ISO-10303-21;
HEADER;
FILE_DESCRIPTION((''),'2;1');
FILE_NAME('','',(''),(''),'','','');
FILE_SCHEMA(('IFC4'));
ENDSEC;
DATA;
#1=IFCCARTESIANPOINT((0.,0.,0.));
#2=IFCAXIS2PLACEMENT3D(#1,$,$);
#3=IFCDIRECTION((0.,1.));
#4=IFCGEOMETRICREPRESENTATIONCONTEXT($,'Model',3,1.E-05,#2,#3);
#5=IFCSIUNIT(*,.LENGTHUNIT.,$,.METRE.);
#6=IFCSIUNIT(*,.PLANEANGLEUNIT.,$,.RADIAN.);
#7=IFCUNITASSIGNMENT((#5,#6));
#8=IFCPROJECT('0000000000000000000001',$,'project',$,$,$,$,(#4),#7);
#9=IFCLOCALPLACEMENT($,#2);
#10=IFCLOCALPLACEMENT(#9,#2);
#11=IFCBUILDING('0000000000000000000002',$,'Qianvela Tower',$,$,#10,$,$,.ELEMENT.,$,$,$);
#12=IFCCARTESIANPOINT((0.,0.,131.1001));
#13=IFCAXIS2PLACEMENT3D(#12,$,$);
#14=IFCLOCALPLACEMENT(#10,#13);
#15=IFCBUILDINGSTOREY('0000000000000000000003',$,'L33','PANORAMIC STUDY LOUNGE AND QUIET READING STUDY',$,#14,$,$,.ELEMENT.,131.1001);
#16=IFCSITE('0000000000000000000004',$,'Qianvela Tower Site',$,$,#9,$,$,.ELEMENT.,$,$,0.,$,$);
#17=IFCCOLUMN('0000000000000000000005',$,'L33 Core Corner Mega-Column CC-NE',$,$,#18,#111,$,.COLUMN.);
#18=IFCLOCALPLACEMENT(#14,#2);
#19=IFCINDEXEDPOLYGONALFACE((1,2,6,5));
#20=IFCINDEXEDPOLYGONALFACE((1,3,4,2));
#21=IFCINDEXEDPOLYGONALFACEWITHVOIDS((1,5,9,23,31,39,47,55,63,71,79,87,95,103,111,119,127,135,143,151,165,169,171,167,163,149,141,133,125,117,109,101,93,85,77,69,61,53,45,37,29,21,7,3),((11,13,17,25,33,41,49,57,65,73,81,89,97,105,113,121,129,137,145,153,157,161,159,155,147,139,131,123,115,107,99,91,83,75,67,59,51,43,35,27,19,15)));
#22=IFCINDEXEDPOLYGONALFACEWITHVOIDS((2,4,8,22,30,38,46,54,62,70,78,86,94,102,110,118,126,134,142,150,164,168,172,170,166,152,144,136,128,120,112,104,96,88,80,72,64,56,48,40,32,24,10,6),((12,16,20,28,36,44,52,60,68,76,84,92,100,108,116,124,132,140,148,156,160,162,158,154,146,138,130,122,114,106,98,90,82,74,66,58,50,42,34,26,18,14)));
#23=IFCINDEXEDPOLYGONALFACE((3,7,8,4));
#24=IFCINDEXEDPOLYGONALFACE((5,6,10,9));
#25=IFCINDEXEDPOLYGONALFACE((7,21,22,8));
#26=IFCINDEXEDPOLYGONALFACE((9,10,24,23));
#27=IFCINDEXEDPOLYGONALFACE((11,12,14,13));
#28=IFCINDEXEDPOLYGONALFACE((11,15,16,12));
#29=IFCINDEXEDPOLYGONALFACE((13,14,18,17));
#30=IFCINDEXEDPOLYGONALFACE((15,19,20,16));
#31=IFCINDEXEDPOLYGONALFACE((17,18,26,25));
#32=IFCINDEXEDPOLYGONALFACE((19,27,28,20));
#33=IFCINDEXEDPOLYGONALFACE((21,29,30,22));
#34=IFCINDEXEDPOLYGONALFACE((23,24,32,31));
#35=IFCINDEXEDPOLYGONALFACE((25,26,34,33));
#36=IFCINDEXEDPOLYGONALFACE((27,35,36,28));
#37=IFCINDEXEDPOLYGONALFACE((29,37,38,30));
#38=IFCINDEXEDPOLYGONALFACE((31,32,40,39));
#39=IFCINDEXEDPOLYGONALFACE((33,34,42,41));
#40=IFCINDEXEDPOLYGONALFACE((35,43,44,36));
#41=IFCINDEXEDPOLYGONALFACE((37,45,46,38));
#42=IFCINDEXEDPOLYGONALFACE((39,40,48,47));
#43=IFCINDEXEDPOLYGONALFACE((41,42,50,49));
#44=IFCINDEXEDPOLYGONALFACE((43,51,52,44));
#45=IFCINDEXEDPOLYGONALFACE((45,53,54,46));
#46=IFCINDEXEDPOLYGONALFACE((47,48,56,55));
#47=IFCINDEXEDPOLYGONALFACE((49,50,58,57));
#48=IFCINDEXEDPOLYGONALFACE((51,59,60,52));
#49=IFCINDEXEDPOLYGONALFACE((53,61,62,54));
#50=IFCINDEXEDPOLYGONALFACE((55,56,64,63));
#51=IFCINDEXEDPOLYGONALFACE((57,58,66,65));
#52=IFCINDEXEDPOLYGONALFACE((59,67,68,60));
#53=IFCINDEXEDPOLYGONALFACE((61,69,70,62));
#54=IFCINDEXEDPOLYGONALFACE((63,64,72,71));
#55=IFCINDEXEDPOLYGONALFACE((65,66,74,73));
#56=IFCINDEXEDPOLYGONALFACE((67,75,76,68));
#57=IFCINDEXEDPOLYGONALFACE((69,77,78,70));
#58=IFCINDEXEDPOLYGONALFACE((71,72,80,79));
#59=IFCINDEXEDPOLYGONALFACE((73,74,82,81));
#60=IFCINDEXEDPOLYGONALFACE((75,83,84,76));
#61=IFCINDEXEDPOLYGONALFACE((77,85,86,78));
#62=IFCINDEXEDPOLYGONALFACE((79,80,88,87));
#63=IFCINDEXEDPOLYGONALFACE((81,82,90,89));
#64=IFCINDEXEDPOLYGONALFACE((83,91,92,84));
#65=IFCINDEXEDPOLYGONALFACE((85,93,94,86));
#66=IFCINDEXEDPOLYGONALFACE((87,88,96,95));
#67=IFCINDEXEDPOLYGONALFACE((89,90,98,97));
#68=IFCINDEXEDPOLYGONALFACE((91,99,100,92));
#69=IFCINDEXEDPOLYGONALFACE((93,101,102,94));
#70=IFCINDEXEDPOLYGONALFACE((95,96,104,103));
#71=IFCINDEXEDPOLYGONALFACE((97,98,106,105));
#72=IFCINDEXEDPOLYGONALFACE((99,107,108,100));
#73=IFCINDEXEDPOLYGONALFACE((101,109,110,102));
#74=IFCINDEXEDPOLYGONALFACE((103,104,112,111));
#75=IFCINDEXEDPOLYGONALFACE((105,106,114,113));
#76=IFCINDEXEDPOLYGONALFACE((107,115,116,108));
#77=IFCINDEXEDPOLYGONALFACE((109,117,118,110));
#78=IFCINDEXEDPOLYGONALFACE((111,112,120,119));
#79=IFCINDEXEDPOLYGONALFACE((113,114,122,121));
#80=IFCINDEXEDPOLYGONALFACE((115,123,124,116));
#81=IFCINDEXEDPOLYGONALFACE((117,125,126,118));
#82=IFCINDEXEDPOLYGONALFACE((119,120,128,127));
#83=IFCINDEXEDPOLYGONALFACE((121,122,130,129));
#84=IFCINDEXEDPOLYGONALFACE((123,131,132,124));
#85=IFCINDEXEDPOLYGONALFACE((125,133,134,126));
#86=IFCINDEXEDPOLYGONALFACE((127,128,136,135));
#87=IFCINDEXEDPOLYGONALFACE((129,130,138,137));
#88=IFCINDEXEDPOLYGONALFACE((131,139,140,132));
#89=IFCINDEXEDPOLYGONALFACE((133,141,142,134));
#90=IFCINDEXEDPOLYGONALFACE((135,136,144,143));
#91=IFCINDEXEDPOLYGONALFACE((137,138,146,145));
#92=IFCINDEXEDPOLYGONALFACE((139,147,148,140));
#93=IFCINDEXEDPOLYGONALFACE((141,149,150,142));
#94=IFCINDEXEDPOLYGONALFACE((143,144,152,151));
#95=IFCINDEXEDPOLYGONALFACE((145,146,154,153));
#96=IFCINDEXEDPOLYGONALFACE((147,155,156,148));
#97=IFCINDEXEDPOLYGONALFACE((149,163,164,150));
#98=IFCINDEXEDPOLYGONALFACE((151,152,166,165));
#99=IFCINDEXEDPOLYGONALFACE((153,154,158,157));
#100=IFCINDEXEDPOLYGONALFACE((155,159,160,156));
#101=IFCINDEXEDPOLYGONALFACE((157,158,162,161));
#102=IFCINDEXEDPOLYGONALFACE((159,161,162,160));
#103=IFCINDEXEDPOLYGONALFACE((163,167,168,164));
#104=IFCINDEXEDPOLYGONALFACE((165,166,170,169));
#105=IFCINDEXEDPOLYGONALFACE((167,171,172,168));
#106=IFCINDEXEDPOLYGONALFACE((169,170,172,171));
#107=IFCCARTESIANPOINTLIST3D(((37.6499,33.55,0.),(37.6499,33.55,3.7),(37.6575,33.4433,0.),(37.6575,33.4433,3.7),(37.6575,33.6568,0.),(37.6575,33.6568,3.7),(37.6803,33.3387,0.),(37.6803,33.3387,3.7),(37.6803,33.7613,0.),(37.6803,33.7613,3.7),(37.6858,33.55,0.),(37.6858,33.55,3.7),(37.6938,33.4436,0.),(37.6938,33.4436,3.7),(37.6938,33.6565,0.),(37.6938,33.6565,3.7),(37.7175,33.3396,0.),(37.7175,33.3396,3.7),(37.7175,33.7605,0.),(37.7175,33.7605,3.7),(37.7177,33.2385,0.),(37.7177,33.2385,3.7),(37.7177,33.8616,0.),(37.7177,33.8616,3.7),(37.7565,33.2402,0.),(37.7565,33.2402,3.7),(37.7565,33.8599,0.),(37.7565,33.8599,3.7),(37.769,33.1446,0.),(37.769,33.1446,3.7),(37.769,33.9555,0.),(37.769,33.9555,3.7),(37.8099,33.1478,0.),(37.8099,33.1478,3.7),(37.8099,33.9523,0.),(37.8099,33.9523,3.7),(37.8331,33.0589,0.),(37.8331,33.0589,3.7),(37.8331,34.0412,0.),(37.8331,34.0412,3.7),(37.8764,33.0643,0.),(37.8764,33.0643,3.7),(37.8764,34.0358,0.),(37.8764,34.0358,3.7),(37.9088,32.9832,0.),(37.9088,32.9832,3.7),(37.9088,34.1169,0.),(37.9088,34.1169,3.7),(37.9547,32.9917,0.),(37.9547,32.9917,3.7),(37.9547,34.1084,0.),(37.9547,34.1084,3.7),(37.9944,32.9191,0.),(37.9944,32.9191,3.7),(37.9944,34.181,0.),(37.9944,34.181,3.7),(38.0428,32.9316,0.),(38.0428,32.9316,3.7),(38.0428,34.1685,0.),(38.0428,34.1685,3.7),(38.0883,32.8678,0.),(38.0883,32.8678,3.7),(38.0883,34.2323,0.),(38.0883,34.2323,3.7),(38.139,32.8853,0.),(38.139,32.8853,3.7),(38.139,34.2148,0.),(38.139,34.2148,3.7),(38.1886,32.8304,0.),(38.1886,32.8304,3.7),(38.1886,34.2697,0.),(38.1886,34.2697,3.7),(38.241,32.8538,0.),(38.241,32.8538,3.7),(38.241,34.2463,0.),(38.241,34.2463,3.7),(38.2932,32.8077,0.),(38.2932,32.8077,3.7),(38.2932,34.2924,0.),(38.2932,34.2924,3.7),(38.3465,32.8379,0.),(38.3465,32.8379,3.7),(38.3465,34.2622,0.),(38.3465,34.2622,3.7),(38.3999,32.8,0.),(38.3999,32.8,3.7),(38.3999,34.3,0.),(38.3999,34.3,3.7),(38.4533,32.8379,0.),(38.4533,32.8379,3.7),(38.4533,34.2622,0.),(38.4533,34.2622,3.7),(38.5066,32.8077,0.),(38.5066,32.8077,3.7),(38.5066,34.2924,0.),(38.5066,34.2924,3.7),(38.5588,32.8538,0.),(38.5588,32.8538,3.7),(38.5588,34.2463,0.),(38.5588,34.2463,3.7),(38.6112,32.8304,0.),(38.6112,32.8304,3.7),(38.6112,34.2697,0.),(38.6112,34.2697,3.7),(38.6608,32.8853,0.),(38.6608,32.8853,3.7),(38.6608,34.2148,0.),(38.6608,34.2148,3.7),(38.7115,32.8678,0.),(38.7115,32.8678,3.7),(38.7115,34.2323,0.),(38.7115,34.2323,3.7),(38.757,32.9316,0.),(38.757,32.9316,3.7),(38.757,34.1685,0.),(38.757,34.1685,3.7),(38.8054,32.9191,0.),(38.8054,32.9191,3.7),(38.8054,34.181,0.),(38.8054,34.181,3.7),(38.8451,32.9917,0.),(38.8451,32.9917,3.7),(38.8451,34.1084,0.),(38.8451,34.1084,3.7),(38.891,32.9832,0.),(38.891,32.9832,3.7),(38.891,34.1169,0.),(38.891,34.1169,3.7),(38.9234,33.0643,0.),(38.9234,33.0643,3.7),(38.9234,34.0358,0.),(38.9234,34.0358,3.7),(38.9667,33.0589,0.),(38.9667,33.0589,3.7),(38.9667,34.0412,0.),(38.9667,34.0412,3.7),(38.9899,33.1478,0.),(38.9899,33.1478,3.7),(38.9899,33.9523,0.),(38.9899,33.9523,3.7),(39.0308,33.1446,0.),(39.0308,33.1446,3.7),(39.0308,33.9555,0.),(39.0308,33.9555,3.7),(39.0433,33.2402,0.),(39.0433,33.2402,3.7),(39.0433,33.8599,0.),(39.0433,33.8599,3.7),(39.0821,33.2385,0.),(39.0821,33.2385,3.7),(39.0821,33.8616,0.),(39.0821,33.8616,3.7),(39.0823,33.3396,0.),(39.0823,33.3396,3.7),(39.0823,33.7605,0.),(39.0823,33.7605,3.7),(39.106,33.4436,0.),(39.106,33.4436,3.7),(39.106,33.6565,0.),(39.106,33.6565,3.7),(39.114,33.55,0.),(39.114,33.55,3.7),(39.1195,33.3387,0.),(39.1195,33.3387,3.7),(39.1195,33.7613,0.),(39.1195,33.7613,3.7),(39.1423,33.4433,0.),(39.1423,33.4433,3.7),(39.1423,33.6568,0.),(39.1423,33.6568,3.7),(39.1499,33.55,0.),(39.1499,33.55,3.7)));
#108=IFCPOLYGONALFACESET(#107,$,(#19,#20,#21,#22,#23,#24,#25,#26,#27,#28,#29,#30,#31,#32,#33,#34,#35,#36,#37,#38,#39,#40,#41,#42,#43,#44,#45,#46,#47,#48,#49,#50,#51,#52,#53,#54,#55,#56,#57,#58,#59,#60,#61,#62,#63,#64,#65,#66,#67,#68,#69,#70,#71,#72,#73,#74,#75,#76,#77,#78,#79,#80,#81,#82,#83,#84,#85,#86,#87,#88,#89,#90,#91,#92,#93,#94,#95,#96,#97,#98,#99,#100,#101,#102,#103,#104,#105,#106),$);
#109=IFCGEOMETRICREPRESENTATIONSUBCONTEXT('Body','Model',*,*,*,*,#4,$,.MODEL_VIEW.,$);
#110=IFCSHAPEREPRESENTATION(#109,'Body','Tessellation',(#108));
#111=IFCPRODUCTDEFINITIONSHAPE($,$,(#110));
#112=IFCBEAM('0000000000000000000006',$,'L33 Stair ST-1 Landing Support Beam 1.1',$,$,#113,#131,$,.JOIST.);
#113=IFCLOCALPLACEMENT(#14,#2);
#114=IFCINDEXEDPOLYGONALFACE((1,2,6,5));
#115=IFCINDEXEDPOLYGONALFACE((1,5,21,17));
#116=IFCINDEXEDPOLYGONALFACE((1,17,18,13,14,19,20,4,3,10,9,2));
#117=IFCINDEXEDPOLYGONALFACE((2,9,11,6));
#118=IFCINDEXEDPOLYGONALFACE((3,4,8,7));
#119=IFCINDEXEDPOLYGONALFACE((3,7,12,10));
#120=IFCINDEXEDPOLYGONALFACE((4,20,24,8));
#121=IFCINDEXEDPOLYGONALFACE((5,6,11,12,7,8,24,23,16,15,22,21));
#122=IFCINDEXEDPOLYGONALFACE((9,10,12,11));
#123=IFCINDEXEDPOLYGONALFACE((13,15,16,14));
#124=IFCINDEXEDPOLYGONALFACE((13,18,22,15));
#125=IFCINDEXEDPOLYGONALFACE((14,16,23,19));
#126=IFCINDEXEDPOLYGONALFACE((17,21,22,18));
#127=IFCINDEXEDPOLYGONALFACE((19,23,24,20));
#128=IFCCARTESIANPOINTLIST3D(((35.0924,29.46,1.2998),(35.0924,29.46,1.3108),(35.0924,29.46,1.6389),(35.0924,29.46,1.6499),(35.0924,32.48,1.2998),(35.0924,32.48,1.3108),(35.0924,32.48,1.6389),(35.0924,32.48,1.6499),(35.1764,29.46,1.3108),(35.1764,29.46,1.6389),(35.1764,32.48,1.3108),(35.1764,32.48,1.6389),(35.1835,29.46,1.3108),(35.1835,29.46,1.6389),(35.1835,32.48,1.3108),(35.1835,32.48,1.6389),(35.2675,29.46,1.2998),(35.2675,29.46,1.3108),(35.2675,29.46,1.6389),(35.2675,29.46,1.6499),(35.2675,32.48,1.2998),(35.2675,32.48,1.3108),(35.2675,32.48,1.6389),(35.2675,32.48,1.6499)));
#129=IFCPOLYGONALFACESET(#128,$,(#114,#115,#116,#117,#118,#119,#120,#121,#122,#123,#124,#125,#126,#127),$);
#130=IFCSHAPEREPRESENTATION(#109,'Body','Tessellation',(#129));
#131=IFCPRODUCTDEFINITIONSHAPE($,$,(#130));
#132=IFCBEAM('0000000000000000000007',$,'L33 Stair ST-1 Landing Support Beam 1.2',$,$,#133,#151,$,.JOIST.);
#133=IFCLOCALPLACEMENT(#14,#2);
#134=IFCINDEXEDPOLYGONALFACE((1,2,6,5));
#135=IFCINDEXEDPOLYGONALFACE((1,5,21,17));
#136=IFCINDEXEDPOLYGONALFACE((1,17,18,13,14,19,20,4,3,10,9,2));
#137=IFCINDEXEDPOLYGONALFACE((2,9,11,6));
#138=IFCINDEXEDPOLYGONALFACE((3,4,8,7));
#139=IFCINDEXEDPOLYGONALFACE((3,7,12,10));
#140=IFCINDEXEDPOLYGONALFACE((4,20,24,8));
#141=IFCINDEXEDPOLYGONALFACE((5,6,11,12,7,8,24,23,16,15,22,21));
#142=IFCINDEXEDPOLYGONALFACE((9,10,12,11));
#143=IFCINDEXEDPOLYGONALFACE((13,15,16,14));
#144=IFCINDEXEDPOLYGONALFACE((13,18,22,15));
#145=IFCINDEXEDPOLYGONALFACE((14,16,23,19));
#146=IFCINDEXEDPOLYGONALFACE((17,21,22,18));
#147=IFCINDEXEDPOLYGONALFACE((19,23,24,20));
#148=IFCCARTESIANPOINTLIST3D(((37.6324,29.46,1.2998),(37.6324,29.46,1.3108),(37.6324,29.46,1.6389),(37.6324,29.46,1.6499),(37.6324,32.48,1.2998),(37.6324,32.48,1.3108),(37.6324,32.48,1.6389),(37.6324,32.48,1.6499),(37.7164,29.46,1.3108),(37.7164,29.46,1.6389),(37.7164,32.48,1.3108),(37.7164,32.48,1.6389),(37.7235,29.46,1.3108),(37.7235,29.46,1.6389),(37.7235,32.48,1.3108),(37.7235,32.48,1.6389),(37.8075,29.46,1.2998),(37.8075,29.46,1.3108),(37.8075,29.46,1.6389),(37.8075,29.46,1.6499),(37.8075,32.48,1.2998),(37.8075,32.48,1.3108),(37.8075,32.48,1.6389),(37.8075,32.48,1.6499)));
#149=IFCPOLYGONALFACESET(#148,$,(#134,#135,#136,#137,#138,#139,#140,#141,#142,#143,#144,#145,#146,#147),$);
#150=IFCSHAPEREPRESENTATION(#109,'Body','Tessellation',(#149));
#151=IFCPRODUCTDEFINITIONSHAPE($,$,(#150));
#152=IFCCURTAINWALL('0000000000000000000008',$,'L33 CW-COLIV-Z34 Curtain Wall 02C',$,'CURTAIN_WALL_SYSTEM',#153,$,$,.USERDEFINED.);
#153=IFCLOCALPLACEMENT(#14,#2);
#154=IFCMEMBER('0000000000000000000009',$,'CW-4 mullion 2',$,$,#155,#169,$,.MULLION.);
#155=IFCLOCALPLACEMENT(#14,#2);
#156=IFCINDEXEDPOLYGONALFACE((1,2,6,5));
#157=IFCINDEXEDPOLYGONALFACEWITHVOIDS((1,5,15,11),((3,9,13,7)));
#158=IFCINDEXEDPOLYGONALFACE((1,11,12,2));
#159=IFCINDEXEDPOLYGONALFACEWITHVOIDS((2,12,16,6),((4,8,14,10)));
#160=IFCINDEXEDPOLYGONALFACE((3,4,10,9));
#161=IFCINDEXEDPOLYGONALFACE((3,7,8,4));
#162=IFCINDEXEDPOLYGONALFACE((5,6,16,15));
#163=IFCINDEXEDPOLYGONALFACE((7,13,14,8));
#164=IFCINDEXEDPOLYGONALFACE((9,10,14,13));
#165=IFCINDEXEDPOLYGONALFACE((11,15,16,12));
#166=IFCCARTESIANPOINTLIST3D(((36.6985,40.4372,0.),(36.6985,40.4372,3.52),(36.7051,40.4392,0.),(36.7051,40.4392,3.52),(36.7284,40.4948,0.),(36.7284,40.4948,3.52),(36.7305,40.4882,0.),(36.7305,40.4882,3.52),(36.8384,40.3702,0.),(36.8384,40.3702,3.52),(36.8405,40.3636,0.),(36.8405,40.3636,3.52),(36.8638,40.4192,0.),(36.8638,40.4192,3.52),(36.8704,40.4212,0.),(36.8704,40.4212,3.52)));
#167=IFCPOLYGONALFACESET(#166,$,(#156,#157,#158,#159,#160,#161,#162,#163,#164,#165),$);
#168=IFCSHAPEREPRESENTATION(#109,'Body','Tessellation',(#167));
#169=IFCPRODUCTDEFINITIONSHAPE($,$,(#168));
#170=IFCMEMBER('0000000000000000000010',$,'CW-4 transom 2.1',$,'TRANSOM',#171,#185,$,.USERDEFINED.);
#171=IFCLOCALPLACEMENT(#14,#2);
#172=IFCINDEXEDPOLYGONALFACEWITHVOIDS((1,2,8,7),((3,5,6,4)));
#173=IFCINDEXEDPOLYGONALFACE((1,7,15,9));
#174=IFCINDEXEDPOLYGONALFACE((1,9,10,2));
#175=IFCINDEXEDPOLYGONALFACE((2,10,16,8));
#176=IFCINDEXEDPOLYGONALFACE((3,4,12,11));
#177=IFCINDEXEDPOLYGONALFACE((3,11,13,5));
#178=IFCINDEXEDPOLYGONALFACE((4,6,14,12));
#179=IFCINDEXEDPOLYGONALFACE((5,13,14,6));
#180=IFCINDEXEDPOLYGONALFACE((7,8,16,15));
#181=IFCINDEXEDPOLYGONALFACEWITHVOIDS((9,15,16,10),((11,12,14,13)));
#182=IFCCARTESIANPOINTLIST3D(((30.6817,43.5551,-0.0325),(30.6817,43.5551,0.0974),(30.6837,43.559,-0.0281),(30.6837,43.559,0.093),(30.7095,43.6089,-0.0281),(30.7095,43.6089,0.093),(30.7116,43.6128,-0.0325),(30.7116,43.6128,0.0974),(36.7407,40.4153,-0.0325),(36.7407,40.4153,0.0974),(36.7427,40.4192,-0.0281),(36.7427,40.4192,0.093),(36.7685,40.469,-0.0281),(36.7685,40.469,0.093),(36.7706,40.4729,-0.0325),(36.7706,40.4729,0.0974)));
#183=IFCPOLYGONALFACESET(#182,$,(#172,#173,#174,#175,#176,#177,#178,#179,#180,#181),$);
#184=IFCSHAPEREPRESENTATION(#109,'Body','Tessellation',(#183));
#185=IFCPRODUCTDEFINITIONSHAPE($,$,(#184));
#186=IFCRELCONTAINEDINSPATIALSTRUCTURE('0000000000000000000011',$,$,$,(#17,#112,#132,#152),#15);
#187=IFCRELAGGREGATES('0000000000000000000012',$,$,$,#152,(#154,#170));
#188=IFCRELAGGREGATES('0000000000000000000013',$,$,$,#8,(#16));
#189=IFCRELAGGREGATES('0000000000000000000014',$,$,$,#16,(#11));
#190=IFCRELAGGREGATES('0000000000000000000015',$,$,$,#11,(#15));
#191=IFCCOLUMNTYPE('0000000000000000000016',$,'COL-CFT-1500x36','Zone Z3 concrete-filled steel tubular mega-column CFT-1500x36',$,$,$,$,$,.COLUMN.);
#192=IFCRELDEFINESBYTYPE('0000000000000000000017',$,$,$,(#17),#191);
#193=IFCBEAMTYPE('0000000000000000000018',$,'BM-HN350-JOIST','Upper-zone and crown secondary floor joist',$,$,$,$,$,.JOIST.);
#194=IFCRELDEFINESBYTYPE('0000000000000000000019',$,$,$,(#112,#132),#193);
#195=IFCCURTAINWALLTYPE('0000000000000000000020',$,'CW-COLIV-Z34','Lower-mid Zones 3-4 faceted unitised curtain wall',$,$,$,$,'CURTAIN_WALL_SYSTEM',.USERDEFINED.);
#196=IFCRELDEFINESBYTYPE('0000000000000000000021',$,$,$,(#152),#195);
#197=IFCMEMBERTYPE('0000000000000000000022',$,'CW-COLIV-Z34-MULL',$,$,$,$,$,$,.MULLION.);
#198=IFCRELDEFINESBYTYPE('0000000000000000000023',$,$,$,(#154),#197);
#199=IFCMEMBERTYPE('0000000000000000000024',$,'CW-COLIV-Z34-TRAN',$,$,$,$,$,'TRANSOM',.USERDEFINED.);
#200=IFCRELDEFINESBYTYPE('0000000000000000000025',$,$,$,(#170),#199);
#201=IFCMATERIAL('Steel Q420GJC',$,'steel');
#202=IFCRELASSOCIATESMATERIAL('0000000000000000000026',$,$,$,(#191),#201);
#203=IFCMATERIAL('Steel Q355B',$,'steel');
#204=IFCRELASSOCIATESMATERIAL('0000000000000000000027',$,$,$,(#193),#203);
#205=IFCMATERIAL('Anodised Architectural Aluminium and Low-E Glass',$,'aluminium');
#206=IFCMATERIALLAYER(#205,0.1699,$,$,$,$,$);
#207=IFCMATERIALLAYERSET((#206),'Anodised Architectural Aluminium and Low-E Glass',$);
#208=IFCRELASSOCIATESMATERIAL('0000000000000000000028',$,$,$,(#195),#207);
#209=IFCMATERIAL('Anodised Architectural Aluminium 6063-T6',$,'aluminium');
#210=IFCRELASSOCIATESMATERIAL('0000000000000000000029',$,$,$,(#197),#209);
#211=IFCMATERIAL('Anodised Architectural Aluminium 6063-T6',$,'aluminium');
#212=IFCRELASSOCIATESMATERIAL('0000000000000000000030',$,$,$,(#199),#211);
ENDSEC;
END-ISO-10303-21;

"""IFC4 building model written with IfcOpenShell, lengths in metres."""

from ifc_helpers import new_model, si_unit, direction, frame, origin, origin_2d, place, context, subcontext, project, spatial, hollow_rectangle, hollow_circle, i_section, extrude, material, layer, layer_set, material_profile, profile_set, type_object, element, aggregate, save


model = new_model("IFC4")

# Units and contexts
model_context = context("Model", 3, precision=1e-05, world=origin(), true_north=direction((0.0, 1.0)))
body_context = subcontext(model_context, "Body", "Model", "MODEL_VIEW")
ifc_project = project(units=[si_unit("LENGTHUNIT", "METRE"), si_unit("PLANEANGLEUNIT", "RADIAN")], contexts=[model_context])

# Site, building, storey
site_placement = place(None, origin())
site = spatial("IfcSite", under=ifc_project, at=site_placement, Name="Qianvela Tower Site", CompositionType="ELEMENT", RefElevation=0.0)
building_placement = place(site_placement, origin())
building = spatial("IfcBuilding", under=site, at=building_placement, Name="Qianvela Tower", CompositionType="ELEMENT")
storey_placement = place(building_placement, frame((0.0, 0.0, 131.1001)))
storey = spatial("IfcBuildingStorey", under=building, at=storey_placement, Name="L33", Description="PANORAMIC STUDY LOUNGE AND QUIET READING STUDY", CompositionType="ELEMENT", Elevation=131.1001)

# Column
ifc_material_1 = material(Name="Steel Q420GJC", Category="steel")
ifc_material_profile_1 = material_profile(ifc_material_1, hollow_circle(Radius=0.75, WallThickness=0.0359, at=origin_2d()), Name="CFT-1500x36")
ifc_profile_set_1 = profile_set([ifc_material_profile_1], Name="Steel Q420GJC")
column_type = type_object("IfcColumnType", Name="COL-CFT-1500x36", Description="Zone Z3 concrete-filled steel tubular mega-column CFT-1500x36", PredefinedType="COLUMN", material=ifc_profile_set_1)
column_placement = place(storey_placement, frame((38.3999, 33.55, 0.0), z_axis=(0.0, 0.0, 1.0), x_axis=(1.0, 0.0, 0.0)))
element("IfcColumn", 1, at=column_placement, inside=storey, type_object=column_type, Name="L33 Core Corner Mega-Column CC-NE", PredefinedType="COLUMN", context=body_context, shape_type="SweptSolid", body=[
    extrude(hollow_circle(Radius=0.75, WallThickness=0.0359, at=origin_2d()), origin(), (0.0, 0.0, 1.0), 3.7),
])

# Beams
ifc_material_2 = material(Name="Steel Q355B", Category="steel")
ifc_material_profile_2 = material_profile(ifc_material_2, i_section(OverallWidth=0.175, OverallDepth=0.3501, WebThickness=0.0071, FlangeThickness=0.011, at=origin_2d()), Name="HN350x175x7x11")
ifc_profile_set_2 = profile_set([ifc_material_profile_2], Name="Steel Q355B")
beam_type = type_object("IfcBeamType", Name="BM-HN350-JOIST", Description="Upper-zone and crown secondary floor joist", PredefinedType="JOIST", material=ifc_profile_set_2)
for number, where, z_axis, x_axis, name in (
    (2, (35.1799, 29.46, 1.4749), (0.0, 1.0, 0.0), (-1.0, 0.0, 0.0), "L33 Stair ST-1 Landing Support Beam 1.1"),
    (3, (37.72, 29.46, 1.4749), (0.0, 1.0, 0.0), (-1.0, 0.0, 0.0), "L33 Stair ST-1 Landing Support Beam 1.2"),
):
    element("IfcBeam", number, at=place(storey_placement, frame(where, z_axis=z_axis, x_axis=x_axis)), inside=storey, type_object=beam_type, Name=name, PredefinedType="JOIST", context=body_context, shape_type="SweptSolid", body=[
        extrude(i_section(OverallWidth=0.175, OverallDepth=0.3501, WebThickness=0.0071, FlangeThickness=0.011, at=origin_2d()), origin(), (0.0, 0.0, 1.0), 3.02),
    ])

# Curtain wall, members
ifc_material_3 = material(Name="Anodised Architectural Aluminium and Low-E Glass", Category="aluminium")
ifc_layer_1 = layer(ifc_material_3, 0.1699)
ifc_layer_set_1 = layer_set([ifc_layer_1], Name="Anodised Architectural Aluminium and Low-E Glass")
curtain_wall_type = type_object("IfcCurtainWallType", Name="CW-COLIV-Z34", Description="Lower-mid Zones 3-4 faceted unitised curtain wall", ElementType="CURTAIN_WALL_SYSTEM", PredefinedType="USERDEFINED", material=ifc_layer_set_1)
curtain_wall_placement = place(storey_placement, origin())
curtain_wall = element("IfcCurtainWall", 4, at=curtain_wall_placement, inside=storey, type_object=curtain_wall_type, Name="L33 CW-COLIV-Z34 Curtain Wall 02C", ObjectType="CURTAIN_WALL_SYSTEM", PredefinedType="USERDEFINED")
ifc_material_4 = material(Name="Anodised Architectural Aluminium 6063-T6", Category="aluminium")
ifc_material_profile_3 = material_profile(ifc_material_4, hollow_rectangle(XDim=0.0649, YDim=0.1599, WallThickness=0.0049, at=origin_2d()), Name="ALU-MULL-65x160")
ifc_profile_set_3 = profile_set([ifc_material_profile_3], Name="Anodised Architectural Aluminium 6063-T6")
member_type_1 = type_object("IfcMemberType", Name="CW-COLIV-Z34-MULL", PredefinedType="MULLION", material=ifc_profile_set_3)
member_1_placement = place(storey_placement, frame((36.7844, 40.4292, 0.0), z_axis=(0.0, 0.0, 1.0), x_axis=(-0.460094, -0.88787, 0.0)))
member_1 = element("IfcMember", 5, at=member_1_placement, type_object=member_type_1, Name="CW-4 mullion 2", PredefinedType="MULLION", context=body_context, shape_type="SweptSolid", body=[
    extrude(hollow_rectangle(XDim=0.0649, YDim=0.1599, WallThickness=0.0049, at=origin_2d()), origin(), (0.0, 0.0, 1.0), 3.52),
])
ifc_material_5 = material(Name="Anodised Architectural Aluminium 6063-T6", Category="aluminium")
ifc_material_profile_4 = material_profile(ifc_material_5, hollow_rectangle(XDim=0.0649, YDim=0.1299, WallThickness=0.0044, at=origin_2d()), Name="ALU-TRAN-65x130")
ifc_profile_set_4 = profile_set([ifc_material_profile_4], Name="Anodised Architectural Aluminium 6063-T6")
member_type_2 = type_object("IfcMemberType", Name="CW-COLIV-Z34-TRAN", ElementType="TRANSOM", PredefinedType="USERDEFINED", material=ifc_profile_set_4)
member_2_placement = place(storey_placement, frame((36.7556, 40.4441, 0.0325), z_axis=(-0.887866, 0.460103, 0.0), x_axis=(-0.460103, -0.887866, 0.0)))
member_2 = element("IfcMember", 6, at=member_2_placement, type_object=member_type_2, Name="CW-4 transom 2.1", ObjectType="TRANSOM", PredefinedType="USERDEFINED", context=body_context, shape_type="SweptSolid", body=[
    extrude(hollow_rectangle(XDim=0.0649, YDim=0.1299, WallThickness=0.0044, at=origin_2d()), origin(), (0.0, 0.0, 1.0), 6.8242),
])
aggregate(curtain_wall, [member_1, member_2])

save(model, "model.ifc")
